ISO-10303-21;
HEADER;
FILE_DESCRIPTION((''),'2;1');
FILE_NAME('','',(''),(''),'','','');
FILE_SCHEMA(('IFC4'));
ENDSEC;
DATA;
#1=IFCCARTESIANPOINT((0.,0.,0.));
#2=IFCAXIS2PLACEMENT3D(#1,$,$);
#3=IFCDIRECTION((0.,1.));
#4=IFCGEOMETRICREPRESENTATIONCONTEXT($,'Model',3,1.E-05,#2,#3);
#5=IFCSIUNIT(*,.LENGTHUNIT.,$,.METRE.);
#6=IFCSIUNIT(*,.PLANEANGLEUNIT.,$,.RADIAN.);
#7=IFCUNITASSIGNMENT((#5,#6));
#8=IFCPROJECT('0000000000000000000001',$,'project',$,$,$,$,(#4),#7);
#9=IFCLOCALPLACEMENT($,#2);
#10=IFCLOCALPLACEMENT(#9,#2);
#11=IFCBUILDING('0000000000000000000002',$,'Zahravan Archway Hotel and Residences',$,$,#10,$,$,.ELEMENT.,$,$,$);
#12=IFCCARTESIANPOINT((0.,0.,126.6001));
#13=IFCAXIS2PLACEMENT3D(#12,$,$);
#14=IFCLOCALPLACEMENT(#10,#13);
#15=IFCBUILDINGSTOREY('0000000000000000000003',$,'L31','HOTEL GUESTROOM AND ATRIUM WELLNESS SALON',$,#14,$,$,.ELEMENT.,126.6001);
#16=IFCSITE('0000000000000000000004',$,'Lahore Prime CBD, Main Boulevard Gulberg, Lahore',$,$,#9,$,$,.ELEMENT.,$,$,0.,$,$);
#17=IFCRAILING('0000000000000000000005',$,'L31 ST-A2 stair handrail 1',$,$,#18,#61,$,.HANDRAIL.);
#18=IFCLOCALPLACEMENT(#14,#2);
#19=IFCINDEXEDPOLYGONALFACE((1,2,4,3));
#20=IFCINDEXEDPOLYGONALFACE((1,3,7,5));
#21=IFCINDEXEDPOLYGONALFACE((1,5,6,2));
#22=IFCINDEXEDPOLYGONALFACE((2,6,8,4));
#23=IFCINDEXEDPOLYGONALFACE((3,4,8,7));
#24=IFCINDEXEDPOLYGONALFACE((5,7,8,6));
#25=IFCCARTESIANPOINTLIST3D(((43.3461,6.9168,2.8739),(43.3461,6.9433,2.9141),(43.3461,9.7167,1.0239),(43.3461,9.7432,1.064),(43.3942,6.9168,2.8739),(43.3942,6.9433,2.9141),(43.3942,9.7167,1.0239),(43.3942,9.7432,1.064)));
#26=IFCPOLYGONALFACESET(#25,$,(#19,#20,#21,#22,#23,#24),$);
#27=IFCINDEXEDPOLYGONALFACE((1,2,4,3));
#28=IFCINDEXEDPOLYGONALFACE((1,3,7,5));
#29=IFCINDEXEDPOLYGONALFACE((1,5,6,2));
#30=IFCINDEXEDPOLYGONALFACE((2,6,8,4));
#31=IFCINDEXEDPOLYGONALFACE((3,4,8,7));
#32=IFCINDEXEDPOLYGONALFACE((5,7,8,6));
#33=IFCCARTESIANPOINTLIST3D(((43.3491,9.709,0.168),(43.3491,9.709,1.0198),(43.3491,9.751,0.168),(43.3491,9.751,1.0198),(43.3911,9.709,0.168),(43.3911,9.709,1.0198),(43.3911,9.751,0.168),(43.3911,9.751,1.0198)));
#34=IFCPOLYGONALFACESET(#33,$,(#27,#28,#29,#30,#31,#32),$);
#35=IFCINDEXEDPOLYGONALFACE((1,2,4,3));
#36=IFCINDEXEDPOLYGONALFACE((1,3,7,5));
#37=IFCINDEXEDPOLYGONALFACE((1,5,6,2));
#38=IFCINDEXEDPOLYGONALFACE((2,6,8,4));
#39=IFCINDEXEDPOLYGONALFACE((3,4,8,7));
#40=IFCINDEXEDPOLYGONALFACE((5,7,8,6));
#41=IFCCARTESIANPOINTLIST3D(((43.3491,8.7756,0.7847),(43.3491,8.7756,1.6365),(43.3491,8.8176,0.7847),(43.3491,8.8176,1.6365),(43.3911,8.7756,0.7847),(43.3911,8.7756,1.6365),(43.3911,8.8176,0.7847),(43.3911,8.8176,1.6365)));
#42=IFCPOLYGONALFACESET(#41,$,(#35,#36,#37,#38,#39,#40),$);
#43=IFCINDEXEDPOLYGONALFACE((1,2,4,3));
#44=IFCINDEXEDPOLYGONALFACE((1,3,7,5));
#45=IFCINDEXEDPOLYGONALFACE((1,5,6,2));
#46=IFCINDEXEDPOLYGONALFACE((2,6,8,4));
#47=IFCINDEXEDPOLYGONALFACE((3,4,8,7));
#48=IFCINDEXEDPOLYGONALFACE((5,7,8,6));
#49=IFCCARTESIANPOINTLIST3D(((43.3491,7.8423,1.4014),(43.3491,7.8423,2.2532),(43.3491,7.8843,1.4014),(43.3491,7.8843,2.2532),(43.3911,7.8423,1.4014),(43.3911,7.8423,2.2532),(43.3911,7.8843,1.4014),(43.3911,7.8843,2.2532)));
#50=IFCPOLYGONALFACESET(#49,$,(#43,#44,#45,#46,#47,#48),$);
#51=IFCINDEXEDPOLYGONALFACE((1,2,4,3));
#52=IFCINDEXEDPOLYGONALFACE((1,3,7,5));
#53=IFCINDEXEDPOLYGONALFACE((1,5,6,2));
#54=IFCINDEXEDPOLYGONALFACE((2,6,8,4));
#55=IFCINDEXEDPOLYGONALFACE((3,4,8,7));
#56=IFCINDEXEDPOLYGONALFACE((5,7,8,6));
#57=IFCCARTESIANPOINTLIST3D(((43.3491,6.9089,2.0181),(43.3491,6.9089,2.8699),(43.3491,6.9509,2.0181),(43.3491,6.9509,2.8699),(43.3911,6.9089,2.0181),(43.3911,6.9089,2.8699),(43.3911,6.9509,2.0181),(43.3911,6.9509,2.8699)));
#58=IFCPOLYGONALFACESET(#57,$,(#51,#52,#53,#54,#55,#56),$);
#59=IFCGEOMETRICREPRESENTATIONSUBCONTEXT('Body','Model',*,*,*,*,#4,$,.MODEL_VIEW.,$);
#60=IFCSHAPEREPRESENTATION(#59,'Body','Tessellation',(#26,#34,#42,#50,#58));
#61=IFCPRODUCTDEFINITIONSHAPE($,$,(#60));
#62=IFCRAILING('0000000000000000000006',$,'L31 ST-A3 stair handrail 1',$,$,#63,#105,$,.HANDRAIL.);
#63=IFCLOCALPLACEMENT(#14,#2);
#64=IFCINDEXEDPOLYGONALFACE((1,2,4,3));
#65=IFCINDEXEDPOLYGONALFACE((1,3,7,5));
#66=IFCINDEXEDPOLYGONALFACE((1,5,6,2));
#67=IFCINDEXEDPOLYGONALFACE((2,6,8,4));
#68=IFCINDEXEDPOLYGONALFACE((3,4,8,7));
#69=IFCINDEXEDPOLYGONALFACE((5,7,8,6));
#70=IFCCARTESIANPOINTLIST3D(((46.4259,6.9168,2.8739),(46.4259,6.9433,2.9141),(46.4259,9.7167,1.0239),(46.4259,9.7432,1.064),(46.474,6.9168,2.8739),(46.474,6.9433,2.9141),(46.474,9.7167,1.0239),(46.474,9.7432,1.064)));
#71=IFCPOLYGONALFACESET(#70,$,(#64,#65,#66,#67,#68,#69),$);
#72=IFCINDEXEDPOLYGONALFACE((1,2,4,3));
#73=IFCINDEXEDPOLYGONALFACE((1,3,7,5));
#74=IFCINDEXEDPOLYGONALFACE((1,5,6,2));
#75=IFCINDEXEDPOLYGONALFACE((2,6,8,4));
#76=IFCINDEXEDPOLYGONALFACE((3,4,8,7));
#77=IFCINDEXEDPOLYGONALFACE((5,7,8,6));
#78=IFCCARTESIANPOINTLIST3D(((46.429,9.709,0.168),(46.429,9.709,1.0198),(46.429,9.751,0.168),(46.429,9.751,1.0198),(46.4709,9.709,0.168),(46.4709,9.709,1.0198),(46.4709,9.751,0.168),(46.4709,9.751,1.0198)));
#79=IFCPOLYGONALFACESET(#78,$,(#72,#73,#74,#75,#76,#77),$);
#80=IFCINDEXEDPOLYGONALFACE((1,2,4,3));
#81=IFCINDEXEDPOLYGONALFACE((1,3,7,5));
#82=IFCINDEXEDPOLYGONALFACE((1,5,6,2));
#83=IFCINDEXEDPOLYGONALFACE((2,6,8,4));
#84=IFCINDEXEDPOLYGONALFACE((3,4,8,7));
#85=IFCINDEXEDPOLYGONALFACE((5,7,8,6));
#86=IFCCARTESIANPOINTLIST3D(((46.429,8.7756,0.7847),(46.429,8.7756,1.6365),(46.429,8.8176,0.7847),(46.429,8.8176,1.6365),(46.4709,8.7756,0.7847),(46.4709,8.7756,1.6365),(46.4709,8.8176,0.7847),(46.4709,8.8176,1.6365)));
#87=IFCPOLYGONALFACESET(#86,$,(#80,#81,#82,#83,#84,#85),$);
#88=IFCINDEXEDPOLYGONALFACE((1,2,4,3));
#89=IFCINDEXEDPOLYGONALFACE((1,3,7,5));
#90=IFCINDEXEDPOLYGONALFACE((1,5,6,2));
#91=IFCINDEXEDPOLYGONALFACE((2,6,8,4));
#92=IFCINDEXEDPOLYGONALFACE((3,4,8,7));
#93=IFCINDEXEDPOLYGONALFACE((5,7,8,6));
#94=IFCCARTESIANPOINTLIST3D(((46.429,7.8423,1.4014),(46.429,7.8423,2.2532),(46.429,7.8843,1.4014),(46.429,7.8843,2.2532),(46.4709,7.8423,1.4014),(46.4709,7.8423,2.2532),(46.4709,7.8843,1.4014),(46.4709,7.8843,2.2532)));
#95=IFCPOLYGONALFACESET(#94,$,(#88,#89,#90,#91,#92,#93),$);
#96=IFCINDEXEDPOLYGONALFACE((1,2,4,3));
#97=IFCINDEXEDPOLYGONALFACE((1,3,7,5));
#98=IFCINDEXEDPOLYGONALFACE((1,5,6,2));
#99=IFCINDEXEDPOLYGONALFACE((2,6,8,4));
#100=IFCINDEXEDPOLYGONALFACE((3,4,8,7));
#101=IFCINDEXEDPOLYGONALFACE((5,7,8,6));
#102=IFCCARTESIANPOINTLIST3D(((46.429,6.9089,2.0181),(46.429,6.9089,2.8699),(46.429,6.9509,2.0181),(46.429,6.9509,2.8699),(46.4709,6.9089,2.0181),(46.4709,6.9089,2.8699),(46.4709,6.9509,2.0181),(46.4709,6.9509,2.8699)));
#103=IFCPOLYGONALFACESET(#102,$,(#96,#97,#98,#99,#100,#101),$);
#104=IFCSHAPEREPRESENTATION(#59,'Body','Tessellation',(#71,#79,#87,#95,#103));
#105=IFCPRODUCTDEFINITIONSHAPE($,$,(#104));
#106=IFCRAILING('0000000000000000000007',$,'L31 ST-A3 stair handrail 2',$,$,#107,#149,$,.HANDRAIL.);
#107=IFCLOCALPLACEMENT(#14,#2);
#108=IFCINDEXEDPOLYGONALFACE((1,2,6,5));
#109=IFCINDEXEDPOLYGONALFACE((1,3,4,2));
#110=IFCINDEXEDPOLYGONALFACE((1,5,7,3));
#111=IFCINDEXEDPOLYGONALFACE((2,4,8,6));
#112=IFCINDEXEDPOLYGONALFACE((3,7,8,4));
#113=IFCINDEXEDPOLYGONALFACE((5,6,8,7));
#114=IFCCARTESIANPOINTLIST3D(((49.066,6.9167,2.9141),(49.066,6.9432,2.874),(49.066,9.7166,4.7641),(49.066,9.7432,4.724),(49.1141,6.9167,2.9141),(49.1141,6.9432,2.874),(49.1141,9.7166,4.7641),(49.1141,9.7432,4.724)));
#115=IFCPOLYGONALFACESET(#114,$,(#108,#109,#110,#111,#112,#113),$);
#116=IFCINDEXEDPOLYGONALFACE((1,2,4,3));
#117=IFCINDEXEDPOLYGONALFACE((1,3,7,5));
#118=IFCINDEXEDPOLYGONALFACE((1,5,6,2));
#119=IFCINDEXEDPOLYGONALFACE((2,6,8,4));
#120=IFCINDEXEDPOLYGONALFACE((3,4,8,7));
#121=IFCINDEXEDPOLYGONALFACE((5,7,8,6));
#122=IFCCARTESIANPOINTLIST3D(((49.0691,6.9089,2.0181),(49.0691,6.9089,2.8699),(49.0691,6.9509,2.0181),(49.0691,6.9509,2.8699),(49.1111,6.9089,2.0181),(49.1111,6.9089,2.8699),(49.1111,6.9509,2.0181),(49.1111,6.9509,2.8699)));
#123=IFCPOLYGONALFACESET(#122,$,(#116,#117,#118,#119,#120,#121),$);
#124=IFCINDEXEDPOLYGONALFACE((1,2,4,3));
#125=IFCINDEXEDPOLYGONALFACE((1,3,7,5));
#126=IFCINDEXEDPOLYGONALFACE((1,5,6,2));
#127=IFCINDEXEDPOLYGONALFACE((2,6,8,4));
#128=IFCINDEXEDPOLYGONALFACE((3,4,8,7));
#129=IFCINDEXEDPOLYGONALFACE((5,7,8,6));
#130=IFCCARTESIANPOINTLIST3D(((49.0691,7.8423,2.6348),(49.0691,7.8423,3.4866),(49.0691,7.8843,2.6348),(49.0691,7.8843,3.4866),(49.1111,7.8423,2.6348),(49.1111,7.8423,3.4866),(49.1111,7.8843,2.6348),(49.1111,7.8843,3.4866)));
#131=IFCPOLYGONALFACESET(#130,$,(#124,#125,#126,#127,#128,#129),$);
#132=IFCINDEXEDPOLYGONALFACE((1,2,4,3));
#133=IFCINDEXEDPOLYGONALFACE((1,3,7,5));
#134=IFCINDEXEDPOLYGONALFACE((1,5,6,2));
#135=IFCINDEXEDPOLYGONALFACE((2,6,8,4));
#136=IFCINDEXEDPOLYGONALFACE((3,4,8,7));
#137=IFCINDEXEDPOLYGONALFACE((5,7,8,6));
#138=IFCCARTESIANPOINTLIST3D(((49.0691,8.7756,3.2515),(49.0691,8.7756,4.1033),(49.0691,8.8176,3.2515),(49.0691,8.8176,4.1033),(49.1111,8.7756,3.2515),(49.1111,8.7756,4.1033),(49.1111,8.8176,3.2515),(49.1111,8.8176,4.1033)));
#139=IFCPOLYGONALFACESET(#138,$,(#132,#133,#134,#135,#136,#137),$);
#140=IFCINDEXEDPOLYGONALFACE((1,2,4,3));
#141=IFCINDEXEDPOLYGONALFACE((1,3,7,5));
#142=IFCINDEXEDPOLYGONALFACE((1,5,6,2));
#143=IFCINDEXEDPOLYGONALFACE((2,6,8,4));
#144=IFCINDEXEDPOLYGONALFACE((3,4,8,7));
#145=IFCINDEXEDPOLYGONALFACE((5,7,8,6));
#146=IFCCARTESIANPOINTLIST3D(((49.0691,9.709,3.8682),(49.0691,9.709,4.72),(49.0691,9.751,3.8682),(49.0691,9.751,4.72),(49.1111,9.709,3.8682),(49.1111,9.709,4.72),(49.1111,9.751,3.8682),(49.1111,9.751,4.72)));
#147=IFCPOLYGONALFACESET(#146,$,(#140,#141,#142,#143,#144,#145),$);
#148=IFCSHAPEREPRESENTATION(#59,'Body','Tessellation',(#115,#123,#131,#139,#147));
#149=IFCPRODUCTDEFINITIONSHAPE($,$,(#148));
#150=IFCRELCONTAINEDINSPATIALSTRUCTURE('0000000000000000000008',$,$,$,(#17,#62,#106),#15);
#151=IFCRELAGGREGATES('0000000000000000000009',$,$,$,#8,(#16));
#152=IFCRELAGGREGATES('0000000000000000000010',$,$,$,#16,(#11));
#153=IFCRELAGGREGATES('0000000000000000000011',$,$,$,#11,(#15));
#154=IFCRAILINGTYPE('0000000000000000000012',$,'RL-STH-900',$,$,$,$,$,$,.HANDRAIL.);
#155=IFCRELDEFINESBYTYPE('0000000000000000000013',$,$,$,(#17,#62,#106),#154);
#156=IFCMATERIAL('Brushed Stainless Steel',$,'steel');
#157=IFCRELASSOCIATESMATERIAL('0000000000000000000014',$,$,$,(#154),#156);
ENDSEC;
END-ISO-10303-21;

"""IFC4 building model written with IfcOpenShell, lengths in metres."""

from ifc_helpers import new_model, si_unit, direction, frame, origin, origin_2d, place, context, subcontext, project, spatial, rectangle, extrude, material, type_object, element, save


model = new_model("IFC4")

# Units and contexts
model_context = context("Model", 3, precision=1e-05, world=origin(), true_north=direction((0.0, 1.0)))
body_context = subcontext(model_context, "Body", "Model", "MODEL_VIEW")
ifc_project = project(units=[si_unit("LENGTHUNIT", "METRE"), si_unit("PLANEANGLEUNIT", "RADIAN")], contexts=[model_context])

# Site, building, storey
site_placement = place(None, origin())
site = spatial("IfcSite", under=ifc_project, at=site_placement, Name="Lahore Prime CBD, Main Boulevard Gulberg, Lahore", CompositionType="ELEMENT", RefElevation=0.0)
building_placement = place(site_placement, origin())
building = spatial("IfcBuilding", under=site, at=building_placement, Name="Zahravan Archway Hotel and Residences", CompositionType="ELEMENT")
storey_placement = place(building_placement, frame((0.0, 0.0, 126.6001)))
storey = spatial("IfcBuildingStorey", under=building, at=storey_placement, Name="L31", Description="HOTEL GUESTROOM AND ATRIUM WELLNESS SALON", CompositionType="ELEMENT", Elevation=126.6001)

# Railings
ifc_material_1 = material(Name="Brushed Stainless Steel", Category="steel")
railing_type_1 = type_object("IfcRailingType", Name="RL-STH-900", PredefinedType="HANDRAIL", material=ifc_material_1)
for number, where, name in (
    (1, (43.3701, 9.73, 0.168), "L31 ST-A2 stair handrail 1"),
    (2, (46.45, 9.73, 0.168), "L31 ST-A3 stair handrail 1"),
):
    element("IfcRailing", number, at=place(storey_placement, frame(where)), inside=storey, type_object=railing_type_1, Name=name, PredefinedType="HANDRAIL", context=body_context, shape_type="SweptSolid", body=[
        extrude(rectangle(XDim=0.0481, YDim=0.0481, at=origin_2d()), frame((0.0, 0.0, 0.876), z_axis=(0.0, -0.834326, 0.551271), x_axis=(1.0, 0.0, 0.0)), (0.0, 0.0, 1.0), 3.356),
        extrude(rectangle(XDim=0.042, YDim=0.042, at=origin_2d()), origin(), (0.0, 0.0, 1.0), 0.8518),
        extrude(rectangle(XDim=0.042, YDim=0.042, at=origin_2d()), frame((0.0, -0.9333, 0.6167)), (0.0, 0.0, 1.0), 0.8518),
        extrude(rectangle(XDim=0.042, YDim=0.042, at=origin_2d()), frame((0.0, -1.8667, 1.2334)), (0.0, 0.0, 1.0), 0.8518),
        extrude(rectangle(XDim=0.042, YDim=0.042, at=origin_2d()), frame((0.0, -2.8, 1.8501)), (0.0, 0.0, 1.0), 0.8518),
    ])
railing_1_placement = place(storey_placement, frame((49.0901, 6.9299, 2.0181)))
element("IfcRailing", 3, at=railing_1_placement, inside=storey, type_object=railing_type_1, Name="L31 ST-A3 stair handrail 2", PredefinedType="HANDRAIL", context=body_context, shape_type="SweptSolid", body=[
    extrude(rectangle(XDim=0.0481, YDim=0.0481, at=origin_2d()), frame((0.0, 0.0, 0.876), z_axis=(0.0, 0.834326, 0.551271), x_axis=(-1.0, 0.0, 0.0)), (0.0, 0.0, 1.0), 3.356),
    extrude(rectangle(XDim=0.042, YDim=0.042, at=origin_2d()), origin(), (0.0, 0.0, 1.0), 0.8518),
    extrude(rectangle(XDim=0.042, YDim=0.042, at=origin_2d()), frame((0.0, 0.9333, 0.6167)), (0.0, 0.0, 1.0), 0.8518),
    extrude(rectangle(XDim=0.042, YDim=0.042, at=origin_2d()), frame((0.0, 1.8667, 1.2334)), (0.0, 0.0, 1.0), 0.8518),
    extrude(rectangle(XDim=0.042, YDim=0.042, at=origin_2d()), frame((0.0, 2.8, 1.8501)), (0.0, 0.0, 1.0), 0.8518),
])

save(model, "model.ifc")
